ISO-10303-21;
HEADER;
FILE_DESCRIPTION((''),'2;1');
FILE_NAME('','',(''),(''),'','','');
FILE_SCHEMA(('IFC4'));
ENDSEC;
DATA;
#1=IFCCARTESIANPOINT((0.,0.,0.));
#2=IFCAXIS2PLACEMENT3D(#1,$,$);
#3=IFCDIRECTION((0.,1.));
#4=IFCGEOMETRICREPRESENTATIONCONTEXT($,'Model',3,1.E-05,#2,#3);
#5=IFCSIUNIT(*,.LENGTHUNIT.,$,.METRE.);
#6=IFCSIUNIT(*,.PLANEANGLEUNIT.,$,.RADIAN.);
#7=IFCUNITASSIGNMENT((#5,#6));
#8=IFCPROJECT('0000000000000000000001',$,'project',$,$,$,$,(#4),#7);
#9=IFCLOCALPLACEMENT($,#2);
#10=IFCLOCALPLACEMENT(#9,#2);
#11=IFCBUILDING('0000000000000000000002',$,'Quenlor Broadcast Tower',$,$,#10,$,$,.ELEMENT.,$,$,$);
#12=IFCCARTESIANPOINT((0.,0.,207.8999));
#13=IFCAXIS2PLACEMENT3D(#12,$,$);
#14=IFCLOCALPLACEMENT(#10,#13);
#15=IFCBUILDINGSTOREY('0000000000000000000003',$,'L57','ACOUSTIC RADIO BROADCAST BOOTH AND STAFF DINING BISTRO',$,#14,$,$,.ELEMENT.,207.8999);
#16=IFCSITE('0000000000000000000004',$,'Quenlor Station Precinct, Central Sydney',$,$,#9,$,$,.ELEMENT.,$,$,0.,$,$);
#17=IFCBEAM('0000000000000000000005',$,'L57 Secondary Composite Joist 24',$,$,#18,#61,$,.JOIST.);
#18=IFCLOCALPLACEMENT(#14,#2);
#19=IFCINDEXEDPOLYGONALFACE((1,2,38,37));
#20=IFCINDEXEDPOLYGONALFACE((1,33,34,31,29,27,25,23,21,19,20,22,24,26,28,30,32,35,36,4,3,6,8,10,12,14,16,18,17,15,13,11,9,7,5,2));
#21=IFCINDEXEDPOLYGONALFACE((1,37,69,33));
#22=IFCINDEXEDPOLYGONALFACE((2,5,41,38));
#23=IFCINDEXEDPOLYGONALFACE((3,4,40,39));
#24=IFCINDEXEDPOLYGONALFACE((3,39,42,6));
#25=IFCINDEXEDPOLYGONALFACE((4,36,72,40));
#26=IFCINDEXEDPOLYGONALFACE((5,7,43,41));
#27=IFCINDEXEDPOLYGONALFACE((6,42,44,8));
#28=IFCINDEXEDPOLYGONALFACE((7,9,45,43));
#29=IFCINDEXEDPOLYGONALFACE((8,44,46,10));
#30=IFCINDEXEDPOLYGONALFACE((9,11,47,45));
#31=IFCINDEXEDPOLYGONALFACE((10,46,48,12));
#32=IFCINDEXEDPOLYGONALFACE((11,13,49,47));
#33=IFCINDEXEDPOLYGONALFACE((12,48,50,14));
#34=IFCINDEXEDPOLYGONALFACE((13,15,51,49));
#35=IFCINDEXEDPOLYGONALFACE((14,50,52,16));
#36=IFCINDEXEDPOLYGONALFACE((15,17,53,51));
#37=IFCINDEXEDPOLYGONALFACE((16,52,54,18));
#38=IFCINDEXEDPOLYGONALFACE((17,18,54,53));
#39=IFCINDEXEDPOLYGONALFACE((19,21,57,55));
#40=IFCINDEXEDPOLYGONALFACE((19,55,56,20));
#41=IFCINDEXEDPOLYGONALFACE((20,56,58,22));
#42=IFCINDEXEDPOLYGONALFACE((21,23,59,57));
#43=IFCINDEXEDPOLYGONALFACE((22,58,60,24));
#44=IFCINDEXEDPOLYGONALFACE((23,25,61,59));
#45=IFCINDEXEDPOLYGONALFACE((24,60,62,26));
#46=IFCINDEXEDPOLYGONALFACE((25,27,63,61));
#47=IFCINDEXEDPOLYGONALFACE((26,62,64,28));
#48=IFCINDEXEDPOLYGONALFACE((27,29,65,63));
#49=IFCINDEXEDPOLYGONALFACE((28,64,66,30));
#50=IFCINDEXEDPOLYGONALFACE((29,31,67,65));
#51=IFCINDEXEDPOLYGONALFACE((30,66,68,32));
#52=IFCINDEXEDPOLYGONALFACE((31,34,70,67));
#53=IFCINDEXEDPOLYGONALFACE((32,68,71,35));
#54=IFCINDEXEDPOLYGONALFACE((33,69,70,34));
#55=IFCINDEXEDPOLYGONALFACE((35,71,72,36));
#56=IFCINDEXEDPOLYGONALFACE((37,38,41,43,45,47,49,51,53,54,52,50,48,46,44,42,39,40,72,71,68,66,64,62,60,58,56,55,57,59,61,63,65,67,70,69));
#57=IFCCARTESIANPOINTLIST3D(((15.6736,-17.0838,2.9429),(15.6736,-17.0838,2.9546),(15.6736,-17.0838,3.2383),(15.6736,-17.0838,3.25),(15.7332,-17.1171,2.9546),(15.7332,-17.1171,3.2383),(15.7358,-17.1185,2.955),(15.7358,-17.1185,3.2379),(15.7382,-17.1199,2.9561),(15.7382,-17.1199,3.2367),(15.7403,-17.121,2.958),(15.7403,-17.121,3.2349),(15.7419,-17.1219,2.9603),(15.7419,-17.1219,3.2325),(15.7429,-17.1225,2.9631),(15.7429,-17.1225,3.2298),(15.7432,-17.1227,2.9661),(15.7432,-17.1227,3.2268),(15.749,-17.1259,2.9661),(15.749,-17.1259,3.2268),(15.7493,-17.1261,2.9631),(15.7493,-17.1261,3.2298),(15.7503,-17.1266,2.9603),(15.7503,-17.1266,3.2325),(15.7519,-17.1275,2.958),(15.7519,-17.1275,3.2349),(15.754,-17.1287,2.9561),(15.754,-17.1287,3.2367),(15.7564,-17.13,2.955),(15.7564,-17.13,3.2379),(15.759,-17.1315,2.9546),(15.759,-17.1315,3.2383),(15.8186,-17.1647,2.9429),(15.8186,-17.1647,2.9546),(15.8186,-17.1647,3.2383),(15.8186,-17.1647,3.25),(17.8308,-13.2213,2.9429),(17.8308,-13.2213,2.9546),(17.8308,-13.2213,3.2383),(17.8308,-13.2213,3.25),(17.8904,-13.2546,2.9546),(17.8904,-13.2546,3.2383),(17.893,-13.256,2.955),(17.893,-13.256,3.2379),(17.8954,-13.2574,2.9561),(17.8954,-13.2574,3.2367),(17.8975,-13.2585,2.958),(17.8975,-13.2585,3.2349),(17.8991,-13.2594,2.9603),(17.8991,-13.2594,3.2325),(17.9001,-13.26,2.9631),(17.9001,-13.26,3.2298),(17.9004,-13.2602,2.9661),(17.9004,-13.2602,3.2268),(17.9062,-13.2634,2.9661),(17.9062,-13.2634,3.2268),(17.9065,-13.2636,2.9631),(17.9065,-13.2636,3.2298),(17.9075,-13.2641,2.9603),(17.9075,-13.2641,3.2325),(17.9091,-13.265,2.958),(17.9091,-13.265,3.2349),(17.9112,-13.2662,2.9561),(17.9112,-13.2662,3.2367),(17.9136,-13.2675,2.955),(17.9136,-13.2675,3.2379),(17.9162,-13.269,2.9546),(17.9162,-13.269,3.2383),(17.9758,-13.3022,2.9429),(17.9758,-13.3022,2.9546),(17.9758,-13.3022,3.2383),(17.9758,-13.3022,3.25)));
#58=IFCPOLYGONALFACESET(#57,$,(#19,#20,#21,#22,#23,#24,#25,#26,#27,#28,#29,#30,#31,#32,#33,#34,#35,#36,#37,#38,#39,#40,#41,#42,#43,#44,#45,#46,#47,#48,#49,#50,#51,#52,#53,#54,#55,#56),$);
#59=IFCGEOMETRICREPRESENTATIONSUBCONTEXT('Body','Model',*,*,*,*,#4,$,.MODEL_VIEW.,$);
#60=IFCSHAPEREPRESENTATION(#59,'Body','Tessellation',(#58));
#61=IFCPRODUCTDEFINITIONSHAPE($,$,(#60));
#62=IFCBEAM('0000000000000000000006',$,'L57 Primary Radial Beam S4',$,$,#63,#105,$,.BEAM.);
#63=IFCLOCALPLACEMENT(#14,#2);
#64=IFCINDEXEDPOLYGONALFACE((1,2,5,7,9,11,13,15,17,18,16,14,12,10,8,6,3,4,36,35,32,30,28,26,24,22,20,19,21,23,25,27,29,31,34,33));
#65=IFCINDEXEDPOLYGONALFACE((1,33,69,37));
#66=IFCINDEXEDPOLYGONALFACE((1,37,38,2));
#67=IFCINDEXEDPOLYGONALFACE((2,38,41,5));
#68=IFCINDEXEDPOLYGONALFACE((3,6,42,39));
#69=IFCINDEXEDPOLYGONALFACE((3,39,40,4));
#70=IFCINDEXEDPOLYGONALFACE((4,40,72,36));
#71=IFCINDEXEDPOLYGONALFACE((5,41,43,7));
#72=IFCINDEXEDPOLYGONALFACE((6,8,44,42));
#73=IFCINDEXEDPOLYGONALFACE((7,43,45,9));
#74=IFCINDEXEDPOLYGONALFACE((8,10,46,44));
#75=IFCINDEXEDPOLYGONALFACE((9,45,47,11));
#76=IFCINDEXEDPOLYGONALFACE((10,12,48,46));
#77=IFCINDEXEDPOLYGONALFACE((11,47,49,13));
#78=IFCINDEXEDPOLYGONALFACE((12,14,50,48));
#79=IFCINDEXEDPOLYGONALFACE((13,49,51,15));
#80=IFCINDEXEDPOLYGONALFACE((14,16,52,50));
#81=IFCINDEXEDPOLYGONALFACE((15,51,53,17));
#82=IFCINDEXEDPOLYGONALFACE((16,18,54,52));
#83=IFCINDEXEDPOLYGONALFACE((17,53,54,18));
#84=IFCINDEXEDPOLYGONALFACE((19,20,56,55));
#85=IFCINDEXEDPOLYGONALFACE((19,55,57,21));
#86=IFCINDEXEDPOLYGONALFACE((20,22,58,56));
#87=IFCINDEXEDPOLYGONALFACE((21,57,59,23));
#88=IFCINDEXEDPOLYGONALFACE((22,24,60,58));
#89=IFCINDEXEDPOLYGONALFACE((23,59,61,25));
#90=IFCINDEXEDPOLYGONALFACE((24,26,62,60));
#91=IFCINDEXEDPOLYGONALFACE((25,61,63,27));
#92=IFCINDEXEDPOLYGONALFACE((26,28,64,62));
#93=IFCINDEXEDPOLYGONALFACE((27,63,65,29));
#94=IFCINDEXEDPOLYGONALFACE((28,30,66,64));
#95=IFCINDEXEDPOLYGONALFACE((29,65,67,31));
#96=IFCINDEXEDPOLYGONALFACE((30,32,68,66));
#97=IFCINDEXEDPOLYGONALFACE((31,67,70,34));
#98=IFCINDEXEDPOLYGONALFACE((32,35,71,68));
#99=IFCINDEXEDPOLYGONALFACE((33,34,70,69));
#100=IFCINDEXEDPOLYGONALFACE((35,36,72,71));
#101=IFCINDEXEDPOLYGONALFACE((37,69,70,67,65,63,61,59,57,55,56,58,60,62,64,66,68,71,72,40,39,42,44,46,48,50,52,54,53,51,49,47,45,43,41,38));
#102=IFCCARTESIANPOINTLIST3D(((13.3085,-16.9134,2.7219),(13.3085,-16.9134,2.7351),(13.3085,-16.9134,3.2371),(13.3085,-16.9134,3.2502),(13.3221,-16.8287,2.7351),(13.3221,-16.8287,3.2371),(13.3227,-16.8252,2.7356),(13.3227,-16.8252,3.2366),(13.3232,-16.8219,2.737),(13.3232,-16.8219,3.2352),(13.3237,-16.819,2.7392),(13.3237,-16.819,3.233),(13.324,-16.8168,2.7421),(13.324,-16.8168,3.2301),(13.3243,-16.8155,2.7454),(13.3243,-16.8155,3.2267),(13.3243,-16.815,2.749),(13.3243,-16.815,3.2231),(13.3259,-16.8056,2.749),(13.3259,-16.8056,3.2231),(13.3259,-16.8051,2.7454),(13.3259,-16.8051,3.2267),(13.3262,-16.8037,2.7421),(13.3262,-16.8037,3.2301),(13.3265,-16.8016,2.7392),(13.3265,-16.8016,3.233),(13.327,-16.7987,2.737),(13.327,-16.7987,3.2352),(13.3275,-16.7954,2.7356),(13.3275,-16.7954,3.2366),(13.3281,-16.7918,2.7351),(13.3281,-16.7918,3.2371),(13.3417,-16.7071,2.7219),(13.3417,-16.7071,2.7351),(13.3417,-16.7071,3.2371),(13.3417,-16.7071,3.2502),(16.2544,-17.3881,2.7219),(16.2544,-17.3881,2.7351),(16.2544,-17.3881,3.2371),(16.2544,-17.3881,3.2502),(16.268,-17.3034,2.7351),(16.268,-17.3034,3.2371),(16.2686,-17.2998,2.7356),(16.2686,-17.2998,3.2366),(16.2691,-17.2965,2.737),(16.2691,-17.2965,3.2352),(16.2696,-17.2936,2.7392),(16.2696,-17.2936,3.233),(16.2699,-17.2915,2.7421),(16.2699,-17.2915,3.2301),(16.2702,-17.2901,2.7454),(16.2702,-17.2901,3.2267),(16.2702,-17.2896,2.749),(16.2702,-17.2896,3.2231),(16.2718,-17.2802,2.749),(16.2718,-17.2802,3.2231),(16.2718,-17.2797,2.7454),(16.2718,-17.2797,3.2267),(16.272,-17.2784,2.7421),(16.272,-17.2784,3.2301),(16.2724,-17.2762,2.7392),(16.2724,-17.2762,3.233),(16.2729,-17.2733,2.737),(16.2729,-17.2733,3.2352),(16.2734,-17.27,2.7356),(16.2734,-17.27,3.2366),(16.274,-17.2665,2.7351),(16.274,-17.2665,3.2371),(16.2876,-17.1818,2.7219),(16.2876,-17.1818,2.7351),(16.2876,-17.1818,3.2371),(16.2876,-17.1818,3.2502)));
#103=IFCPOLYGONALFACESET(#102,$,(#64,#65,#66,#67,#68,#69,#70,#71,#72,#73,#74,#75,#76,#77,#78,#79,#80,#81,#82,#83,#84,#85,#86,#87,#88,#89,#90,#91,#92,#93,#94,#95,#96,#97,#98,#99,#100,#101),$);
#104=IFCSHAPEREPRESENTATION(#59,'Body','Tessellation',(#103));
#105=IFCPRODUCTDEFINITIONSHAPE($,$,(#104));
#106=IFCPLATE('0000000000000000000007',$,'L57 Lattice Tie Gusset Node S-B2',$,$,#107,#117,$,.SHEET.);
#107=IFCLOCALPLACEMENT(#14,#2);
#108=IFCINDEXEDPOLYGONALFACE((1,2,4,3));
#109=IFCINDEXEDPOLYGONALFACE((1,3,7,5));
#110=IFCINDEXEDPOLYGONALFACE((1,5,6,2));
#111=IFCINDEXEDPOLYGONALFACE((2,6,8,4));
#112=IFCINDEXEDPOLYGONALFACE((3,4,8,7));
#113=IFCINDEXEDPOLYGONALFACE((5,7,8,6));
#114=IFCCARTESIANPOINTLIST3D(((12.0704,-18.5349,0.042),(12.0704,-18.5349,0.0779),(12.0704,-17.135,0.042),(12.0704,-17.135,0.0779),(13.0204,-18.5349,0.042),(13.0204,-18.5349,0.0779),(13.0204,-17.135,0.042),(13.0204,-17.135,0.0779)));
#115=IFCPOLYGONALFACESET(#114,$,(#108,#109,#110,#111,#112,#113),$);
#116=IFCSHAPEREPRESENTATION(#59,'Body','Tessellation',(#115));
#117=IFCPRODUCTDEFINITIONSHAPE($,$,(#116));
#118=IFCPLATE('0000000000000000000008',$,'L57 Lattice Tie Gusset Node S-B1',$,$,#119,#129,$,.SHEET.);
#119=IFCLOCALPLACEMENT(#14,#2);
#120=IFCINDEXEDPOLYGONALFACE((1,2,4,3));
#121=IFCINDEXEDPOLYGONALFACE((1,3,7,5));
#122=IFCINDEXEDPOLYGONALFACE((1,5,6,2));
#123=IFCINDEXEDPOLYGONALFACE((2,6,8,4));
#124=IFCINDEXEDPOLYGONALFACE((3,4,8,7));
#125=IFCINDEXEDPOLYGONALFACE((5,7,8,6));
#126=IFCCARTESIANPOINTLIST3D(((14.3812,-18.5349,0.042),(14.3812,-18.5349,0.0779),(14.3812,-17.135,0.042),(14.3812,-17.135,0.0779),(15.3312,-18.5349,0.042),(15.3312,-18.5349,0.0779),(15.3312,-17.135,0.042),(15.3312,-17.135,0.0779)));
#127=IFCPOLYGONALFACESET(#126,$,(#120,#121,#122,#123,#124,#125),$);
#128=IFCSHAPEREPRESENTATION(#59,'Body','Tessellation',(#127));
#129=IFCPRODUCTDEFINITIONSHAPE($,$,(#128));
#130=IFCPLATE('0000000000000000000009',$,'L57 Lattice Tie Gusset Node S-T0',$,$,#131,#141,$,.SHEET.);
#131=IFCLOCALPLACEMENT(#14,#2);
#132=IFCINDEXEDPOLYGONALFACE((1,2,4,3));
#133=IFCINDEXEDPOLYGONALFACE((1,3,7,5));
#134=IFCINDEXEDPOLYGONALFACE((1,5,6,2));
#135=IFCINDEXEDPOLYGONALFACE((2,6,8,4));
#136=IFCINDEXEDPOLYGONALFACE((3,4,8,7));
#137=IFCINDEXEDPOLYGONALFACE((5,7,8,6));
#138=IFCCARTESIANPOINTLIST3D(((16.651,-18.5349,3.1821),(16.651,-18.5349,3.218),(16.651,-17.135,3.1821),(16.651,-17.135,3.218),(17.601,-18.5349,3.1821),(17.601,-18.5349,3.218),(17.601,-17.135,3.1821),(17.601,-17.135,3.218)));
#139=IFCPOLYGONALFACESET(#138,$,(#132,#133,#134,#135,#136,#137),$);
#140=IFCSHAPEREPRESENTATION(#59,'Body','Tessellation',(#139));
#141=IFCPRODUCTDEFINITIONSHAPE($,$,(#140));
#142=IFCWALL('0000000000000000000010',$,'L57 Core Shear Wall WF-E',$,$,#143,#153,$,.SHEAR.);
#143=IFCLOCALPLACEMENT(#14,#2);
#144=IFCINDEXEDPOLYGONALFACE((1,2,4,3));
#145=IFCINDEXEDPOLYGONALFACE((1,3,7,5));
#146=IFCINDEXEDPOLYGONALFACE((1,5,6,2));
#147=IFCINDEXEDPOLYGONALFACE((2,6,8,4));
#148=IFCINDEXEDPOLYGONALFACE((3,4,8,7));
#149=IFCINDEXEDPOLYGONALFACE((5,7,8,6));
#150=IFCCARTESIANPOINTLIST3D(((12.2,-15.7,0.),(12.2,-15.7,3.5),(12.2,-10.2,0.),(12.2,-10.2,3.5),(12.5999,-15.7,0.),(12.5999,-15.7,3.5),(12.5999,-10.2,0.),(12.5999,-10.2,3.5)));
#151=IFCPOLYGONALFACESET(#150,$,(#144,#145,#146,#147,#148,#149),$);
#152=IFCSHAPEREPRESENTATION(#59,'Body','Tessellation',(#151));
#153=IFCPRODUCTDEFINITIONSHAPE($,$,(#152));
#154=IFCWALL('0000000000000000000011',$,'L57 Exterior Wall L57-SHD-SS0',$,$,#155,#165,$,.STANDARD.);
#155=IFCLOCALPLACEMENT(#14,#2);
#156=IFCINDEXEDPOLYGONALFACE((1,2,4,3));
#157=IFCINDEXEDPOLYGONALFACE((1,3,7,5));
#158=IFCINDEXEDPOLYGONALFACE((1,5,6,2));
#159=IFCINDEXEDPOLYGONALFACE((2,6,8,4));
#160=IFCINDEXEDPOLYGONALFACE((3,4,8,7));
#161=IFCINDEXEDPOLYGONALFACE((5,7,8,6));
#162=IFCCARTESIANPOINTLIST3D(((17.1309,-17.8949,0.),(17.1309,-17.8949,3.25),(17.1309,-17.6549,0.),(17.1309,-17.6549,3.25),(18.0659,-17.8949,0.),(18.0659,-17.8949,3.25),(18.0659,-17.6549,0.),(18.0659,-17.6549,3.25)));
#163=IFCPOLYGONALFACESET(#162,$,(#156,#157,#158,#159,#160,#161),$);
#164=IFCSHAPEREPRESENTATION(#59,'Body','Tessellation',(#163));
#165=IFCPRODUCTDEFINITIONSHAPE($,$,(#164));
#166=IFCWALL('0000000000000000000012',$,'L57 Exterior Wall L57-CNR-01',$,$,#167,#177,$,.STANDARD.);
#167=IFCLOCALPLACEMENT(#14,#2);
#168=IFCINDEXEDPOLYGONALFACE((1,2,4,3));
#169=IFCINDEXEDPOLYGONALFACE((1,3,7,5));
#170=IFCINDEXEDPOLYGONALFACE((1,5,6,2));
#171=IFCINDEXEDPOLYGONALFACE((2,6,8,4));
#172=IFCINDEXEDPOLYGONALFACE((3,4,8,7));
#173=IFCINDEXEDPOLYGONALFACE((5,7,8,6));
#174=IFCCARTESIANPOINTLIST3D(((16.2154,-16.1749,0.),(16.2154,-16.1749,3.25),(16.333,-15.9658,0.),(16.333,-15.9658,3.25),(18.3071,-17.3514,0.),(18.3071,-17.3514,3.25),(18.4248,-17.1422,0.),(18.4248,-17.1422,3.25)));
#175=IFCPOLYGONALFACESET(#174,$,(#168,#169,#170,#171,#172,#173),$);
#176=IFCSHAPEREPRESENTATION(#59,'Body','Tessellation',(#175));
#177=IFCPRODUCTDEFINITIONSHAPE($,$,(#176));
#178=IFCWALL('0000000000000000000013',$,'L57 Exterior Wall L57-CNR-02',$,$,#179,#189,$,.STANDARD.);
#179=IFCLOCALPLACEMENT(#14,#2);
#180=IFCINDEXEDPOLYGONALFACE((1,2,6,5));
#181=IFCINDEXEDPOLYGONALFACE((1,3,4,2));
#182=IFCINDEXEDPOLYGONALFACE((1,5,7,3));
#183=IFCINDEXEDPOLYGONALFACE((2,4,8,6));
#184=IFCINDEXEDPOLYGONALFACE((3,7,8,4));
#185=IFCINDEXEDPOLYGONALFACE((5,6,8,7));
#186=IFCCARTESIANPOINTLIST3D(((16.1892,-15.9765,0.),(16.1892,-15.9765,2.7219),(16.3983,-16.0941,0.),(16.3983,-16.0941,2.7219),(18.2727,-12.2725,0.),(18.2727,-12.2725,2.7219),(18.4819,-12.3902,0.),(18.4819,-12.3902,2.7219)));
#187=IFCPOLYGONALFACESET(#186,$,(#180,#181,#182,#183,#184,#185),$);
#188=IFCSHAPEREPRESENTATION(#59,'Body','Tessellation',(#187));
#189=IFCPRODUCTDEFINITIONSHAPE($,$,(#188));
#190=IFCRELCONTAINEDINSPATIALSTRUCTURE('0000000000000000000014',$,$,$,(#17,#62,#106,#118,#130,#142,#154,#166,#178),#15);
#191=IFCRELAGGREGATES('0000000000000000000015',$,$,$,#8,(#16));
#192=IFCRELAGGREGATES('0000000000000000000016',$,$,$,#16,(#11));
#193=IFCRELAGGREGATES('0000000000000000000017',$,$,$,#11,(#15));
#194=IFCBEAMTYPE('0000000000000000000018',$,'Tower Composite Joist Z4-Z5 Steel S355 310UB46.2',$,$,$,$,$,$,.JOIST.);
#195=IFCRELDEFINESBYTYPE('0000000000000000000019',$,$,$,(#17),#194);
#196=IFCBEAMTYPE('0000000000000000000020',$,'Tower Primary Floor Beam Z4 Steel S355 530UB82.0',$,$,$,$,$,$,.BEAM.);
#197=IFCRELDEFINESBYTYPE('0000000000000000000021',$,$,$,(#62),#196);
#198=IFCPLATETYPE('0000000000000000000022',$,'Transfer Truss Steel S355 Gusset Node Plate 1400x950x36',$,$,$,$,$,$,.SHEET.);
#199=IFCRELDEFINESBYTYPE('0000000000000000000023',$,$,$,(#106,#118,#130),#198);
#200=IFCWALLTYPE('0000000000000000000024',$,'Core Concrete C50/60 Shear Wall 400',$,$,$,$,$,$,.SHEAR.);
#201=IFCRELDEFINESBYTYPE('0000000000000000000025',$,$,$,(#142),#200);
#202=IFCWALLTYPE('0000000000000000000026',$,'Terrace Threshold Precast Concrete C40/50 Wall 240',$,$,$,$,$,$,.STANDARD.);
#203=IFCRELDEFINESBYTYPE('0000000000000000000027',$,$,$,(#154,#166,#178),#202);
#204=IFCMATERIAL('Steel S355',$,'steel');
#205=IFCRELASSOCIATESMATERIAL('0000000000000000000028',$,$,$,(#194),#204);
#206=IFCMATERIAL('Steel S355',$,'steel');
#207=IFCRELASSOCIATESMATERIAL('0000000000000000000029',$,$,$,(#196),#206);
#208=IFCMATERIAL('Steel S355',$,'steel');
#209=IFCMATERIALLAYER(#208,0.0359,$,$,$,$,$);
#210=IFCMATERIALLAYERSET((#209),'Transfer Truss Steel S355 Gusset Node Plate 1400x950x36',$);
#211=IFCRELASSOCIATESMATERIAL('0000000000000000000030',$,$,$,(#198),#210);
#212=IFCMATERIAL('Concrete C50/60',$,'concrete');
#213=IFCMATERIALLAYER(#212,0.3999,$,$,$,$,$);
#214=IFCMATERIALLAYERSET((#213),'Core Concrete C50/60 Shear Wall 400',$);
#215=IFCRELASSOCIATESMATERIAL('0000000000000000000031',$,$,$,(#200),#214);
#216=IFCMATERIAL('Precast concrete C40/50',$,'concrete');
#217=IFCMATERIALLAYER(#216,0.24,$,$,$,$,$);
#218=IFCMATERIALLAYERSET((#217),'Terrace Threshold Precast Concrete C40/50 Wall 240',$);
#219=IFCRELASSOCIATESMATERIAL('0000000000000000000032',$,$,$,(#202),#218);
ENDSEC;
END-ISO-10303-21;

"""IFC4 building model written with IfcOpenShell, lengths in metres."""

from ifc_helpers import new_model, si_unit, direction, frame, frame_2d, origin, origin_2d, place, context, subcontext, project, spatial, rectangle, i_section, extrude, material, layer, layer_set, material_profile, profile_set, type_object, element, save


model = new_model("IFC4")

# Units and contexts
model_context = context("Model", 3, precision=1e-05, world=origin(), true_north=direction((0.0, 1.0)))
body_context = subcontext(model_context, "Body", "Model", "MODEL_VIEW")
ifc_project = project(units=[si_unit("LENGTHUNIT", "METRE"), si_unit("PLANEANGLEUNIT", "RADIAN")], contexts=[model_context])

# Site, building, storey
site_placement = place(None, origin())
site = spatial("IfcSite", under=ifc_project, at=site_placement, Name="Quenlor Station Precinct, Central Sydney", CompositionType="ELEMENT", RefElevation=0.0)
building_placement = place(site_placement, origin())
building = spatial("IfcBuilding", under=site, at=building_placement, Name="Quenlor Broadcast Tower", CompositionType="ELEMENT")
storey_placement = place(building_placement, frame((0.0, 0.0, 207.8999)))
storey = spatial("IfcBuildingStorey", under=building, at=storey_placement, Name="L57", Description="ACOUSTIC RADIO BROADCAST BOOTH AND STAFF DINING BISTRO", CompositionType="ELEMENT", Elevation=207.8999)

# Beams
ifc_material_1 = material(Name="Steel S355", Category="steel")
ifc_material_profile_1 = material_profile(ifc_material_1, i_section(OverallWidth=0.166, OverallDepth=0.3071, WebThickness=0.0066, FlangeThickness=0.0117, FilletRadius=0.0115, at=origin_2d()))
ifc_profile_set_1 = profile_set([ifc_material_profile_1], Name="Steel S355 310UB46.2")
beam_type_1 = type_object("IfcBeamType", Name="Tower Composite Joist Z4-Z5 Steel S355 310UB46.2", PredefinedType="JOIST", material=ifc_profile_set_1)
beam_1_placement = place(storey_placement, frame((15.7461, -17.1243, 3.0964), z_axis=(0.487605, 0.873064, 0.0), x_axis=(-0.873064, 0.487605, 0.0)))
element("IfcBeam", 1, at=beam_1_placement, inside=storey, type_object=beam_type_1, Name="L57 Secondary Composite Joist 24", PredefinedType="JOIST", context=body_context, shape_type="SweptSolid", body=[
    extrude(i_section(OverallWidth=0.166, OverallDepth=0.3071, WebThickness=0.0066, FlangeThickness=0.0117, FilletRadius=0.0115, at=origin_2d()), origin(), (0.0, 0.0, 1.0), 4.4241),
])
ifc_material_2 = material(Name="Steel S355", Category="steel")
ifc_material_profile_2 = material_profile(ifc_material_2, i_section(OverallWidth=0.209, OverallDepth=0.5283, WebThickness=0.0095, FlangeThickness=0.0132, FilletRadius=0.0139, at=origin_2d()))
ifc_profile_set_2 = profile_set([ifc_material_profile_2], Name="Steel S355 530UB82.0")
beam_type_2 = type_object("IfcBeamType", Name="Tower Primary Floor Beam Z4 Steel S355 530UB82.0", PredefinedType="BEAM", material=ifc_profile_set_2)
beam_2_placement = place(storey_placement, frame((16.271, -17.2849, 2.9861), z_axis=(-0.987268, 0.159063, 0.0), x_axis=(-0.159063, -0.987268, 0.0)))
element("IfcBeam", 2, at=beam_2_placement, inside=storey, type_object=beam_type_2, Name="L57 Primary Radial Beam S4", PredefinedType="BEAM", context=body_context, shape_type="SweptSolid", body=[
    extrude(i_section(OverallWidth=0.209, OverallDepth=0.5283, WebThickness=0.0095, FlangeThickness=0.0132, FilletRadius=0.0139, at=origin_2d()), origin(), (0.0, 0.0, 1.0), 2.9839),
])

# Plates
ifc_material_3 = material(Name="Steel S355", Category="steel")
ifc_layer_1 = layer(ifc_material_3, 0.0359)
ifc_layer_set_1 = layer_set([ifc_layer_1], Name="Transfer Truss Steel S355 Gusset Node Plate 1400x950x36")
plate_type = type_object("IfcPlateType", Name="Transfer Truss Steel S355 Gusset Node Plate 1400x950x36", PredefinedType="SHEET", material=ifc_layer_set_1)
for number, where, z_axis, x_axis, name in (
    (3, (12.5454, -17.835, 0.042), (0.0, 0.0, 1.0), (0.0, -1.0, 0.0), "L57 Lattice Tie Gusset Node S-B2"),
    (4, (14.8562, -17.835, 0.042), (0.0, 0.0, 1.0), (0.0, -1.0, 0.0), "L57 Lattice Tie Gusset Node S-B1"),
    (5, (17.126, -17.835, 3.1821), (0.0, 0.0, 1.0), (0.0, -1.0, 0.0), "L57 Lattice Tie Gusset Node S-T0"),
):
    element("IfcPlate", number, at=place(storey_placement, frame(where, z_axis=z_axis, x_axis=x_axis)), inside=storey, type_object=plate_type, Name=name, PredefinedType="SHEET", context=body_context, shape_type="SweptSolid", body=[
        extrude(rectangle(XDim=1.3999, YDim=0.95, at=origin_2d()), origin(), (0.0, 0.0, 1.0), 0.0359),
    ])

# Walls
ifc_material_4 = material(Name="Concrete C50/60", Category="concrete")
ifc_layer_2 = layer(ifc_material_4, 0.3999)
ifc_layer_set_2 = layer_set([ifc_layer_2], Name="Core Concrete C50/60 Shear Wall 400")
wall_type_1 = type_object("IfcWallType", Name="Core Concrete C50/60 Shear Wall 400", PredefinedType="SHEAR", material=ifc_layer_set_2)
wall_1_placement = place(storey_placement, frame((12.3999, -15.7, 0.0), z_axis=(0.0, 0.0, 1.0), x_axis=(0.0, 1.0, 0.0)))
element("IfcWall", 6, at=wall_1_placement, inside=storey, type_object=wall_type_1, Name="L57 Core Shear Wall WF-E", PredefinedType="SHEAR", context=body_context, shape_type="SweptSolid", body=[
    extrude(rectangle(XDim=5.5, YDim=0.3999, at=frame_2d((2.75, 0.0))), origin(), (0.0, 0.0, 1.0), 3.5),
])
ifc_material_5 = material(Name="Precast concrete C40/50", Category="concrete")
ifc_layer_3 = layer(ifc_material_5, 0.24)
ifc_layer_set_3 = layer_set([ifc_layer_3], Name="Terrace Threshold Precast Concrete C40/50 Wall 240")
wall_type_2 = type_object("IfcWallType", Name="Terrace Threshold Precast Concrete C40/50 Wall 240", PredefinedType="STANDARD", material=ifc_layer_set_3)
wall_2_placement = place(storey_placement, frame((18.0659, -17.7749, 0.0), z_axis=(0.0, 0.0, 1.0), x_axis=(-1.0, 0.0, 0.0)))
element("IfcWall", 7, at=wall_2_placement, inside=storey, type_object=wall_type_2, Name="L57 Exterior Wall L57-SHD-SS0", PredefinedType="STANDARD", context=body_context, shape_type="SweptSolid", body=[
    extrude(rectangle(XDim=0.9351, YDim=0.24, at=frame_2d((0.4675, 0.0))), origin(), (0.0, 0.0, 1.0), 3.25),
])
wall_3_placement = place(storey_placement, frame((18.366, -17.2468, 0.0), z_axis=(0.0, 0.0, 1.0), x_axis=(-0.871597, 0.490223, 0.0)))
element("IfcWall", 8, at=wall_3_placement, inside=storey, type_object=wall_type_2, Name="L57 Exterior Wall L57-CNR-01", PredefinedType="STANDARD", context=body_context, shape_type="SweptSolid", body=[
    extrude(rectangle(XDim=2.3999, YDim=0.24, at=frame_2d((1.2, 0.0))), origin(), (0.0, 0.0, 1.0), 3.25),
])
wall_4_placement = place(storey_placement, frame((16.2937, -16.0354, 0.0), z_axis=(0.0, 0.0, 1.0), x_axis=(0.490275, 0.871568, 0.0)))
element("IfcWall", 9, at=wall_4_placement, inside=storey, type_object=wall_type_2, Name="L57 Exterior Wall L57-CNR-02", PredefinedType="STANDARD", context=body_context, shape_type="SweptSolid", body=[
    extrude(rectangle(XDim=4.2498, YDim=0.24, at=frame_2d((2.125, 0.0))), origin(), (0.0, 0.0, 1.0), 2.7219),
])

save(model, "model.ifc")
